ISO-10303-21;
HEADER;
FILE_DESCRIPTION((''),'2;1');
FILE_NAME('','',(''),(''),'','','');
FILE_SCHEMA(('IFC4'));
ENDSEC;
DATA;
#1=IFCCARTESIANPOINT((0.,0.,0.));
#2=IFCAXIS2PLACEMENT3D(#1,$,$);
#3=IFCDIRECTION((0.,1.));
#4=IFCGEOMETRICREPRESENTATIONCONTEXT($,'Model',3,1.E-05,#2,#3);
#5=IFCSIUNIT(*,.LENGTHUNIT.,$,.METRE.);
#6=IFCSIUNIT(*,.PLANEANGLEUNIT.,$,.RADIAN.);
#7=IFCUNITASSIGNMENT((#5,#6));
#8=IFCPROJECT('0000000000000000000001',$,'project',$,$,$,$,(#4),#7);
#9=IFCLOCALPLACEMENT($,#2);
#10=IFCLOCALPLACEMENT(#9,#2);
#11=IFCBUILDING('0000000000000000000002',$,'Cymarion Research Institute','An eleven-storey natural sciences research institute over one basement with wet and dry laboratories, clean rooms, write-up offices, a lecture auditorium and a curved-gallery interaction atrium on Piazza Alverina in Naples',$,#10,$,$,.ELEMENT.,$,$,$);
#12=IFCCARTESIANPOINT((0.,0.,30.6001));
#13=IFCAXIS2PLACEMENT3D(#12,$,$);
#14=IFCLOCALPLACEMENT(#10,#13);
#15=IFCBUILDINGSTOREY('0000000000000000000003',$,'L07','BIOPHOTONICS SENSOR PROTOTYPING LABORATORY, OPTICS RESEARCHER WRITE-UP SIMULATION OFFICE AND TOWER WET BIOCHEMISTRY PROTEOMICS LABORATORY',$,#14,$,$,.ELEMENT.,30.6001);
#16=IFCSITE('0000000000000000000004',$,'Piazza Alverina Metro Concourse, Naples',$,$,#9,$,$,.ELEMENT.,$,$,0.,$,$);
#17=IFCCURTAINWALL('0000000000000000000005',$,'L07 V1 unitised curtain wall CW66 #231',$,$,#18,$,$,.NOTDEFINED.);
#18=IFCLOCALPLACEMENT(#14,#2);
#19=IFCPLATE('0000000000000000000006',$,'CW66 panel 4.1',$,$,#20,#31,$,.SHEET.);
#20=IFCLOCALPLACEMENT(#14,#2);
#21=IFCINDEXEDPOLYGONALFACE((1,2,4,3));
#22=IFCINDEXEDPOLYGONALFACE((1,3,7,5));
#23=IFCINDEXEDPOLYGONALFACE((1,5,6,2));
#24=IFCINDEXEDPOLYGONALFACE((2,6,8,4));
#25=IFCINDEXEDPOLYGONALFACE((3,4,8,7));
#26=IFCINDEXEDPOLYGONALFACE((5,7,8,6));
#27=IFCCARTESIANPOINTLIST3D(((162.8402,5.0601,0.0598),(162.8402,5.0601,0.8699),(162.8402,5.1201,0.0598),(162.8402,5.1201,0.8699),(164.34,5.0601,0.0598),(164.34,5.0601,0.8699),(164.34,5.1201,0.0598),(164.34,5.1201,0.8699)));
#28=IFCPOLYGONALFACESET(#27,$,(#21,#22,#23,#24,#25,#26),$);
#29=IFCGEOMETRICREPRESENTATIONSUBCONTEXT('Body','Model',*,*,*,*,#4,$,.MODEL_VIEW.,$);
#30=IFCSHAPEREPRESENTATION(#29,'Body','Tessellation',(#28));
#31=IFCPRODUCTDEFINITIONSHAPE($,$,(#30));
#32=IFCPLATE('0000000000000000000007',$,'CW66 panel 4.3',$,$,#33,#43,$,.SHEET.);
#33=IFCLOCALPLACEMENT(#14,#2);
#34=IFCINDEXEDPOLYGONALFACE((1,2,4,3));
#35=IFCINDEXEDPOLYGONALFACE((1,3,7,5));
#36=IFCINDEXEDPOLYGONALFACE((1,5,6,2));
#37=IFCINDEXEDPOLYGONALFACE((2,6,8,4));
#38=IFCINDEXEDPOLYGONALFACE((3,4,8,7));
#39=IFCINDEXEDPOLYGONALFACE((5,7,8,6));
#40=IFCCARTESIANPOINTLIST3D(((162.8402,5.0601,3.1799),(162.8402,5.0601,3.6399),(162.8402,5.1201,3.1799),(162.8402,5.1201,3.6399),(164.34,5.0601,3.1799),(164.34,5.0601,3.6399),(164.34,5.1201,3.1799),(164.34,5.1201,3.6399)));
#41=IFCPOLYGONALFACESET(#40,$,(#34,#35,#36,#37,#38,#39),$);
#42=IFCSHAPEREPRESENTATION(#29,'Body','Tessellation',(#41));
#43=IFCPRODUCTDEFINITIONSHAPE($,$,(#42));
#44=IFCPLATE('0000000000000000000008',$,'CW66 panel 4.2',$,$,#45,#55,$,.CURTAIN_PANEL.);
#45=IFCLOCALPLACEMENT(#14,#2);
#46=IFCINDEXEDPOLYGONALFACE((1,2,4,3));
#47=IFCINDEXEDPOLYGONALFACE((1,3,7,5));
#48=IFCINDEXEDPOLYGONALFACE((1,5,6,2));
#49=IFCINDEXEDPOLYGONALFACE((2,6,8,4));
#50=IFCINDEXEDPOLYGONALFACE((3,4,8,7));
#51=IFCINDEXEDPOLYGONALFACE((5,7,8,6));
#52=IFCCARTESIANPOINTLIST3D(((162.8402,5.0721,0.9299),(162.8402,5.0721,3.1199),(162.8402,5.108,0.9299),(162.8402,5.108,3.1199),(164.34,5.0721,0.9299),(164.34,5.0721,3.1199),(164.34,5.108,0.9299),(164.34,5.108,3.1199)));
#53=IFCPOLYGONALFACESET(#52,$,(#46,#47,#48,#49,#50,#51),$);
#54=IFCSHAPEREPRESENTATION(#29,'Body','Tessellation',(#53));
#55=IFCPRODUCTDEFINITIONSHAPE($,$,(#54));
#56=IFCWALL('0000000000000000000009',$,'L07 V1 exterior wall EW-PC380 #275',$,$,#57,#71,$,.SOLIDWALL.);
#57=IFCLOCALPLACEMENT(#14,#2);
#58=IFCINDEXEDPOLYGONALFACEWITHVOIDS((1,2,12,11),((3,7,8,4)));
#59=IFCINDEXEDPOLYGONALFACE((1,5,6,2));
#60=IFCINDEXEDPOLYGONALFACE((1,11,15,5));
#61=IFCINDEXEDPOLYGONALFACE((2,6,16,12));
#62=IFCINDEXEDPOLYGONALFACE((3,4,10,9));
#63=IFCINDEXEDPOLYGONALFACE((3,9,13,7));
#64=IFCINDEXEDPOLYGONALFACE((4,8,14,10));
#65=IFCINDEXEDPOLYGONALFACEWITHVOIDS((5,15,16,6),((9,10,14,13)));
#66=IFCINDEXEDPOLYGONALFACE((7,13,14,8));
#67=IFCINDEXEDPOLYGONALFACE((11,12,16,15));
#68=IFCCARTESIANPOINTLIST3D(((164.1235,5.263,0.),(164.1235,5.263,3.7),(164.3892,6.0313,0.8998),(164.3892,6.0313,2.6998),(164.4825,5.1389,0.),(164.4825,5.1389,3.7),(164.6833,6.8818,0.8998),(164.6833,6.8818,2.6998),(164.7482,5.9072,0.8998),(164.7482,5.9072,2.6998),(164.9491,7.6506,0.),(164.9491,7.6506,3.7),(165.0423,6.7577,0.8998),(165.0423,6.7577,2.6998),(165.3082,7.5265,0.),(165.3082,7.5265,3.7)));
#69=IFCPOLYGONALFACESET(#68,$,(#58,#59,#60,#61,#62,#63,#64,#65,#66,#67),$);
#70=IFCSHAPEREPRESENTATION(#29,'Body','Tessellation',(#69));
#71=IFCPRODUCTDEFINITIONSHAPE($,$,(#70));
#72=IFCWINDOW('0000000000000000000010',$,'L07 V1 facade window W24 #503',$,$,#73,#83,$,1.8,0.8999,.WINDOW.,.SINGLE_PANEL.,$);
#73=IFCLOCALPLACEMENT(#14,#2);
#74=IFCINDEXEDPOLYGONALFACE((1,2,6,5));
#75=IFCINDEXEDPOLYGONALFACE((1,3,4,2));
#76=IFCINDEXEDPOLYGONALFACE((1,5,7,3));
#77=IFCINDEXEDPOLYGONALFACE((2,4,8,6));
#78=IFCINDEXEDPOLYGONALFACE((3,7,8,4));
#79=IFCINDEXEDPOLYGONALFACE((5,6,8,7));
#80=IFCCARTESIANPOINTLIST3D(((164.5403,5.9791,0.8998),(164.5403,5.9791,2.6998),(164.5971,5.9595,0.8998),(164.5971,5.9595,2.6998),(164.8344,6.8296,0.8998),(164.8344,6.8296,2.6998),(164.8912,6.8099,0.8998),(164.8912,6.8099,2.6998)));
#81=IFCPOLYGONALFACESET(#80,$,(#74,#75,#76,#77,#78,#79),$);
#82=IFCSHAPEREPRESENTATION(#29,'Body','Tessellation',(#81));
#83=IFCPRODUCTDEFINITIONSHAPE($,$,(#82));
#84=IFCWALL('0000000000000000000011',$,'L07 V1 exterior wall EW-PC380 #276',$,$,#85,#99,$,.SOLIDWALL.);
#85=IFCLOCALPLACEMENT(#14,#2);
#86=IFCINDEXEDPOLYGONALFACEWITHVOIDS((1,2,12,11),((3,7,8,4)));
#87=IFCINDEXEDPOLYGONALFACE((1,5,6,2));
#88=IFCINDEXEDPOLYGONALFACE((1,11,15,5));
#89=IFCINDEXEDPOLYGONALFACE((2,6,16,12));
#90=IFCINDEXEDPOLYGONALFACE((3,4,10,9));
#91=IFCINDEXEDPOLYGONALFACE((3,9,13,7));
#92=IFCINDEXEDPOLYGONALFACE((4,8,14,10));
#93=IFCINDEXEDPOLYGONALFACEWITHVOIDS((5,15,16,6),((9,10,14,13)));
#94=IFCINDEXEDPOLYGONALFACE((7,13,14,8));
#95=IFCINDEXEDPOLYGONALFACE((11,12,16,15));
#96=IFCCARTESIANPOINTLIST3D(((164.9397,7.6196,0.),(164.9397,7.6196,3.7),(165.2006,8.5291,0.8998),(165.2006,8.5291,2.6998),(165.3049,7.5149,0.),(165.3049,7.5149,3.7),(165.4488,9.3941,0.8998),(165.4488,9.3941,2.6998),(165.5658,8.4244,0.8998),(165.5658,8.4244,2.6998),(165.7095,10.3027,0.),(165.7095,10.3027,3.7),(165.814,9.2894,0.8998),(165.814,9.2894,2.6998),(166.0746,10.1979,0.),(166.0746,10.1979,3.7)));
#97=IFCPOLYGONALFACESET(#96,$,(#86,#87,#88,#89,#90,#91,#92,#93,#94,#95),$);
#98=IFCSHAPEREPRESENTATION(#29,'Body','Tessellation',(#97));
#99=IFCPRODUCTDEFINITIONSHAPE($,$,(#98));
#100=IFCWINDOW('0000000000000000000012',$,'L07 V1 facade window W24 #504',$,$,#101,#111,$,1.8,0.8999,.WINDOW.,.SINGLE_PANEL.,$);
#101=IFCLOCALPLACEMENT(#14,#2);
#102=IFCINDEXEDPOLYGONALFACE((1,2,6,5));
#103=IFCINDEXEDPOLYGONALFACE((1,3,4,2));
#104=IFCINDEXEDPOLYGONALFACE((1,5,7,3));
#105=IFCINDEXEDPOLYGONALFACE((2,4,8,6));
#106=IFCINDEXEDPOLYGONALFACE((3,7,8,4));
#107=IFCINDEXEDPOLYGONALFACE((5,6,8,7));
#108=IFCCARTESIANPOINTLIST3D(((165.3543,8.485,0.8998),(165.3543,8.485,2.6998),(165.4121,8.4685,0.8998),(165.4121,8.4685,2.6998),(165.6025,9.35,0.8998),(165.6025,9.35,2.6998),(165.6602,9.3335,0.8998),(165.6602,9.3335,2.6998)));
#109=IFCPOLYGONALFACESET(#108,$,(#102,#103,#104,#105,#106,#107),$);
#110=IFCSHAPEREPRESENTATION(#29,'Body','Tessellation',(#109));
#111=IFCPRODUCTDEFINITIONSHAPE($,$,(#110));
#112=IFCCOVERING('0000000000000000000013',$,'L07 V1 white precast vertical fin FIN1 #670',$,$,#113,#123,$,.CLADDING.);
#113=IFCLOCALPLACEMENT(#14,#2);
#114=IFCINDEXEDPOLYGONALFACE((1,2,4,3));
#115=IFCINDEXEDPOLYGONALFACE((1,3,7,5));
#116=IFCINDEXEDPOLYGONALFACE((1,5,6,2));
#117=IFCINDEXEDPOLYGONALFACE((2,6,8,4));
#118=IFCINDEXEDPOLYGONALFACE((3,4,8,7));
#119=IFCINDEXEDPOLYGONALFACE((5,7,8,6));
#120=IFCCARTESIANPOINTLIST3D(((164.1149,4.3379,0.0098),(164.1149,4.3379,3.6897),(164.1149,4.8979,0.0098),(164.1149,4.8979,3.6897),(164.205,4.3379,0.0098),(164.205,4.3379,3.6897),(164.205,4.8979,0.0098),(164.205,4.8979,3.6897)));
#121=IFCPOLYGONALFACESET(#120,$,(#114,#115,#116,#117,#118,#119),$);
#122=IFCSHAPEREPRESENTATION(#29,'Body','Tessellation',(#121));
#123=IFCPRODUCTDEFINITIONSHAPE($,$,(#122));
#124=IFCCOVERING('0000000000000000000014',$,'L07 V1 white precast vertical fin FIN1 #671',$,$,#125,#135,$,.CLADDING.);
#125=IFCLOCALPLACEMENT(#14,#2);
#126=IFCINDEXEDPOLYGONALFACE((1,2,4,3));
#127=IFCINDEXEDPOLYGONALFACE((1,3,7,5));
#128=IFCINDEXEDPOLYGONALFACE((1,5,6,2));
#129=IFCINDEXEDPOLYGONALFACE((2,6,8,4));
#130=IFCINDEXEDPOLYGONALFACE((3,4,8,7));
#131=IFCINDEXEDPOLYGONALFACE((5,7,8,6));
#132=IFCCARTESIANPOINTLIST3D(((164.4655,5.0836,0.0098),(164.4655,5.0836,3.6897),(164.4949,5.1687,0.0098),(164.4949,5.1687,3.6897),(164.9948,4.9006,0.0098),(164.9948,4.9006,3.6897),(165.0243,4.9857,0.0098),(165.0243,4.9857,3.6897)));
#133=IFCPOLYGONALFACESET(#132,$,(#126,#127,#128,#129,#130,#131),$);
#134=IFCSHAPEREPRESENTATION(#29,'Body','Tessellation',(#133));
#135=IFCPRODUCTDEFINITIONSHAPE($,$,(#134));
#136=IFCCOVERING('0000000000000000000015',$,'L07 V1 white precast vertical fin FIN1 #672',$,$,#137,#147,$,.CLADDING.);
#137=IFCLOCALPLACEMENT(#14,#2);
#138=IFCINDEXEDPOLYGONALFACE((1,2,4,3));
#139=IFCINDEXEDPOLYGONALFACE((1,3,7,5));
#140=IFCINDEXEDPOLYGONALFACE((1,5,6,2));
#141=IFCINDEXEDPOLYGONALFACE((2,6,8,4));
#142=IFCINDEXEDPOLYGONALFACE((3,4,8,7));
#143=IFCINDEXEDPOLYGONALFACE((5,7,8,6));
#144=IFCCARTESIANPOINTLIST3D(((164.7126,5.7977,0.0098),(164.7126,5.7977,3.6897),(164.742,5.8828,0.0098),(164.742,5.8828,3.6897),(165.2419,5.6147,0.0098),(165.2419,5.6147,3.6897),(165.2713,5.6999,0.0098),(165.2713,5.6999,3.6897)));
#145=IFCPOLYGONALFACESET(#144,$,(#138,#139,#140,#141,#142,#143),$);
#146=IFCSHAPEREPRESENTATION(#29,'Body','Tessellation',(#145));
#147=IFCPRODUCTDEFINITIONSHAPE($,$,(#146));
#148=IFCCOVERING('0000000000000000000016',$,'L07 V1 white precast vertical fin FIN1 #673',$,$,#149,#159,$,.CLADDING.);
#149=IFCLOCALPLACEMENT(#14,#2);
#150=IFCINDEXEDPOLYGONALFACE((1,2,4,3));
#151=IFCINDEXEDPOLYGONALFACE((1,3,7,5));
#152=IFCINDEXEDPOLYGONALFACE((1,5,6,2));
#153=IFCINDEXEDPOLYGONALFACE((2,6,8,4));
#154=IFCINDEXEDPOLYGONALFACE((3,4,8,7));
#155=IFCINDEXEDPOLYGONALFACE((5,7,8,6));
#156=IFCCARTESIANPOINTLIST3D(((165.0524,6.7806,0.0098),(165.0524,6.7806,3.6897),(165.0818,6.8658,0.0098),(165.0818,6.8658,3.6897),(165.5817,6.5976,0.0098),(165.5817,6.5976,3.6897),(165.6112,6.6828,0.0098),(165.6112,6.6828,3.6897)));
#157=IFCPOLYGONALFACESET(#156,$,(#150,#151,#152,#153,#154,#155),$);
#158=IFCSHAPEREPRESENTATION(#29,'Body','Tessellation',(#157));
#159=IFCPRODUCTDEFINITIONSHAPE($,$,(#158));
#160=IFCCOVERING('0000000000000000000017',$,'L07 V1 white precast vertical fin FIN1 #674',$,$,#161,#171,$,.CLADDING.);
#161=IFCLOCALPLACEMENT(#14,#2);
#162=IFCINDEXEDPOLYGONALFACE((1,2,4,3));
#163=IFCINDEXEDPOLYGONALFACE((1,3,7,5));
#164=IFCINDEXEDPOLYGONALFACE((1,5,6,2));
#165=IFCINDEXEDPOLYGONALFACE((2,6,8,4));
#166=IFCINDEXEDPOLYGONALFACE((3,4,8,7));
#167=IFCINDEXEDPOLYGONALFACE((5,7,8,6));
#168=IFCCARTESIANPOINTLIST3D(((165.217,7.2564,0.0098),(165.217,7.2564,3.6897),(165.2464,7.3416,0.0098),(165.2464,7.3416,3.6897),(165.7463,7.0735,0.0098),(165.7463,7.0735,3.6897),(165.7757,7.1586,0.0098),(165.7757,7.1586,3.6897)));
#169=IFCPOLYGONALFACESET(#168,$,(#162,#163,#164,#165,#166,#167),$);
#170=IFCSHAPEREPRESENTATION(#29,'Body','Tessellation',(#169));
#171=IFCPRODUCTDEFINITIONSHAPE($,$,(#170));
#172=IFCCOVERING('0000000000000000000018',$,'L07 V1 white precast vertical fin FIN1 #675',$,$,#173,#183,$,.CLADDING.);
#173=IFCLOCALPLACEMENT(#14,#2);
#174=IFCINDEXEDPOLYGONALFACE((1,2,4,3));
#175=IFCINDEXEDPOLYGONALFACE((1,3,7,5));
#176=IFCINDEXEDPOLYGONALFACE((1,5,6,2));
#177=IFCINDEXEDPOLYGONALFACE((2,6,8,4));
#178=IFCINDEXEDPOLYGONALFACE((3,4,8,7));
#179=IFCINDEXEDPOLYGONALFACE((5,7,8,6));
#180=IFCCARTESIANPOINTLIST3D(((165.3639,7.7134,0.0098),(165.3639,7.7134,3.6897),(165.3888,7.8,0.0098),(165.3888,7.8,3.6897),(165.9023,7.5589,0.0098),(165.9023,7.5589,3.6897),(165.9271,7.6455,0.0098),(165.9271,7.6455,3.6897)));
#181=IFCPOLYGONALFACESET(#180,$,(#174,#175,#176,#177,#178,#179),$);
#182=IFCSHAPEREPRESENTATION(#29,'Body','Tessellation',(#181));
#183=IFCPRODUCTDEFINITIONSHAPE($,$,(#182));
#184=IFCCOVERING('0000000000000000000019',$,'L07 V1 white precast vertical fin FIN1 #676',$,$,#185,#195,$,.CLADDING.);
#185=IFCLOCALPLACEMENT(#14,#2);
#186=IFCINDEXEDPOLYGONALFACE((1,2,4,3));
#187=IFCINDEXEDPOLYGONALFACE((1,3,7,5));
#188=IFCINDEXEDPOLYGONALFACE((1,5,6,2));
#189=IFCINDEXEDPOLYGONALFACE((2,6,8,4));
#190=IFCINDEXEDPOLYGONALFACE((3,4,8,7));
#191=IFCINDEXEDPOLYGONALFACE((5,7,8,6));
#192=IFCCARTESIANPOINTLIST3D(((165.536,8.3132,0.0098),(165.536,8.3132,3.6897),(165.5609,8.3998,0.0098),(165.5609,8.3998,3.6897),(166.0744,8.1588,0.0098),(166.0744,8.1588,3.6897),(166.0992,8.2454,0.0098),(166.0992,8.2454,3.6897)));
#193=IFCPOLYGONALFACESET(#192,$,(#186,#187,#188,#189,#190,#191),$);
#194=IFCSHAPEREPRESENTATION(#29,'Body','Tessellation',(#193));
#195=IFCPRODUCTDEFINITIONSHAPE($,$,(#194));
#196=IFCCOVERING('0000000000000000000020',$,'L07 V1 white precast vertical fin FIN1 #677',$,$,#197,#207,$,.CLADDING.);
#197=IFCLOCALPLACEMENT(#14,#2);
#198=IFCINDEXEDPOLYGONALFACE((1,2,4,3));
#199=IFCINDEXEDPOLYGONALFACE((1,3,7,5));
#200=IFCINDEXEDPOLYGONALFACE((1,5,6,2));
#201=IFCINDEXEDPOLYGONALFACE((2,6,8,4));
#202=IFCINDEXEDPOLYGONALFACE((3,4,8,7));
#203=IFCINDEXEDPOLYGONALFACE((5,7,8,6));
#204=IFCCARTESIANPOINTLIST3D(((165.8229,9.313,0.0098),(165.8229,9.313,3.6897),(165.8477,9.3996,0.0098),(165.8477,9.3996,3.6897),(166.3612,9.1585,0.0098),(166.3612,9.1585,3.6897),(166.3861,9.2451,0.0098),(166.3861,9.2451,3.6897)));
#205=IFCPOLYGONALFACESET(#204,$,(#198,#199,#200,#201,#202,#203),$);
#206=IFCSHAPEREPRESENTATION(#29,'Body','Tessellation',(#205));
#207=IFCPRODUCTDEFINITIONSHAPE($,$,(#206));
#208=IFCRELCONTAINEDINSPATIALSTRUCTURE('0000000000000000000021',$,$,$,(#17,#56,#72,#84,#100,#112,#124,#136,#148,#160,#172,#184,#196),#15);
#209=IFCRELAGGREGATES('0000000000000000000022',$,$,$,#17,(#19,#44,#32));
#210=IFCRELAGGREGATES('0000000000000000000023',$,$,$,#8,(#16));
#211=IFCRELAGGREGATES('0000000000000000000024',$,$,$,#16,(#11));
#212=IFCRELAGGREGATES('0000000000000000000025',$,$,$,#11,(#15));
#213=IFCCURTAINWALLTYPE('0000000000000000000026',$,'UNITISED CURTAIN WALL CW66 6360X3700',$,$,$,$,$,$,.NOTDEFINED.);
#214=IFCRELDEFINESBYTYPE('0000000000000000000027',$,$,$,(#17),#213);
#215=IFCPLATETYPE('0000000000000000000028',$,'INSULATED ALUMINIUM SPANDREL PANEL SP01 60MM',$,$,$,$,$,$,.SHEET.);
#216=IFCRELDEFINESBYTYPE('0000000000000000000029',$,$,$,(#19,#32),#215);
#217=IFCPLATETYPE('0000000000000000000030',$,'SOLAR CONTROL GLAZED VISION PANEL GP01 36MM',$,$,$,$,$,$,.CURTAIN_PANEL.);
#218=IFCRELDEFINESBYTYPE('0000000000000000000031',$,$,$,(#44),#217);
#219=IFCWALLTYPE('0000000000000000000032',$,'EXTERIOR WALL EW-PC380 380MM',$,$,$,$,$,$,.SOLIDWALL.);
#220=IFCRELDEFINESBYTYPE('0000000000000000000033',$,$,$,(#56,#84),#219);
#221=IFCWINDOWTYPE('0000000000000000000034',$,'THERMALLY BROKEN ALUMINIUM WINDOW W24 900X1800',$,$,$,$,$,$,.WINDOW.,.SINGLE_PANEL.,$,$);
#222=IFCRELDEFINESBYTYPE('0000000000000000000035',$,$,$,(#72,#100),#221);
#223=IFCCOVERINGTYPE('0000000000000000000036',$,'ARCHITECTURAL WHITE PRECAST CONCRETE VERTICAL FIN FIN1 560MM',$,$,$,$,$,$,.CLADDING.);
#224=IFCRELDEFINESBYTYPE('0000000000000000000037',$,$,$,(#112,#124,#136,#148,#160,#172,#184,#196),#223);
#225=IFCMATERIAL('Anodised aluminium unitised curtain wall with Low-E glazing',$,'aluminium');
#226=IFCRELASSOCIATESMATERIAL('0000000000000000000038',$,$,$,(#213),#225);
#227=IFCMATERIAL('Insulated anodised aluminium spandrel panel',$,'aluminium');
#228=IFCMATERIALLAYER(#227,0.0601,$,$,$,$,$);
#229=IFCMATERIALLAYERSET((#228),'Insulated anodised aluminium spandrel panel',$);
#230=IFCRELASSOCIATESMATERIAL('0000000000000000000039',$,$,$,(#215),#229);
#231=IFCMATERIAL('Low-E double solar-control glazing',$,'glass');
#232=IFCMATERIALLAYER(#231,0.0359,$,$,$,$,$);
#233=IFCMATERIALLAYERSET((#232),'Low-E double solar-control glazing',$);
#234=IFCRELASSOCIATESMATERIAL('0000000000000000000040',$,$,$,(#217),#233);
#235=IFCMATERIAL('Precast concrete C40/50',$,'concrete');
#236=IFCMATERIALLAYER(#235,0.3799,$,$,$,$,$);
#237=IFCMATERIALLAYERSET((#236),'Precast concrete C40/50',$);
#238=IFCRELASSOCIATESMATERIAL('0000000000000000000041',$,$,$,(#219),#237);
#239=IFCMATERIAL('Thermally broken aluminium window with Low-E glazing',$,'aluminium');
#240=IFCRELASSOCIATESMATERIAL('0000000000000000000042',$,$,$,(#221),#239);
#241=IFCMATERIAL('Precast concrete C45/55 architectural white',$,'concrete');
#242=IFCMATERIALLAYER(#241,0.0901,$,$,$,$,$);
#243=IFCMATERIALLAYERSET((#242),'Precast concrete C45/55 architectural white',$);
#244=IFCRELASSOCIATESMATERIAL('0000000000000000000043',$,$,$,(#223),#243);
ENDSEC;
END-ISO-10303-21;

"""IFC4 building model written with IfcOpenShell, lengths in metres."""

from ifc_helpers import new_model, si_unit, direction, frame, frame_2d, origin, origin_2d, place, context, subcontext, project, spatial, rectangle, extrude, material, layer, layer_set, type_object, element, fill, aggregate, save


model = new_model("IFC4")

# Units and contexts
model_context = context("Model", 3, precision=1e-05, world=origin(), true_north=direction((0.0, 1.0)))
body_context = subcontext(model_context, "Body", "Model", "MODEL_VIEW")
ifc_project = project(units=[si_unit("LENGTHUNIT", "METRE"), si_unit("PLANEANGLEUNIT", "RADIAN")], contexts=[model_context])

# Site, building, storey
site_placement = place(None, origin())
site = spatial("IfcSite", under=ifc_project, at=site_placement, Name="Piazza Alverina Metro Concourse, Naples", CompositionType="ELEMENT", RefElevation=0.0)
building_placement = place(site_placement, origin())
building = spatial("IfcBuilding", under=site, at=building_placement, Name="Cymarion Research Institute", Description="An eleven-storey natural sciences research institute over one basement with wet and dry laboratories, clean rooms, write-up offices, a lecture auditorium and a curved-gallery interaction atrium on Piazza Alverina in Naples", CompositionType="ELEMENT")
storey_placement = place(building_placement, frame((0.0, 0.0, 30.6001)))
storey = spatial("IfcBuildingStorey", under=building, at=storey_placement, Name="L07", Description="BIOPHOTONICS SENSOR PROTOTYPING LABORATORY, OPTICS RESEARCHER WRITE-UP SIMULATION OFFICE AND TOWER WET BIOCHEMISTRY PROTEOMICS LABORATORY", CompositionType="ELEMENT", Elevation=30.6001)

# Curtain wall
ifc_material_1 = material(Name="Anodised aluminium unitised curtain wall with Low-E glazing", Category="aluminium")
curtain_wall_type = type_object("IfcCurtainWallType", Name="UNITISED CURTAIN WALL CW66 6360X3700", PredefinedType="NOTDEFINED", material=ifc_material_1)
curtain_wall_placement = place(storey_placement, origin())
curtain_wall = element("IfcCurtainWall", 1, at=curtain_wall_placement, inside=storey, type_object=curtain_wall_type, Name="L07 V1 unitised curtain wall CW66 #231", PredefinedType="NOTDEFINED")

# Plates
ifc_material_2 = material(Name="Insulated anodised aluminium spandrel panel", Category="aluminium")
ifc_layer_1 = layer(ifc_material_2, 0.0601)
ifc_layer_set_1 = layer_set([ifc_layer_1], Name="Insulated anodised aluminium spandrel panel")
plate_type_1 = type_object("IfcPlateType", Name="INSULATED ALUMINIUM SPANDREL PANEL SP01 60MM", PredefinedType="SHEET", material=ifc_layer_set_1)
plate_1_placement = place(storey_placement, frame((163.5901, 5.0901, 0.0598), z_axis=(0.0, 0.0, 1.0), x_axis=(1.0, 0.0, 0.0)))
plate_1 = element("IfcPlate", 2, at=plate_1_placement, type_object=plate_type_1, Name="CW66 panel 4.1", PredefinedType="SHEET", context=body_context, shape_type="SweptSolid", body=[
    extrude(rectangle(XDim=1.4998, YDim=0.0601, at=origin_2d()), origin(), (0.0, 0.0, 1.0), 0.8101),
])
plate_2_placement = place(storey_placement, frame((163.5901, 5.0901, 3.1799), z_axis=(0.0, 0.0, 1.0), x_axis=(1.0, 0.0, 0.0)))
plate_2 = element("IfcPlate", 3, at=plate_2_placement, type_object=plate_type_1, Name="CW66 panel 4.3", PredefinedType="SHEET", context=body_context, shape_type="SweptSolid", body=[
    extrude(rectangle(XDim=1.4998, YDim=0.0601, at=origin_2d()), origin(), (0.0, 0.0, 1.0), 0.46),
])
ifc_material_3 = material(Name="Low-E double solar-control glazing", Category="glass")
ifc_layer_2 = layer(ifc_material_3, 0.0359)
ifc_layer_set_2 = layer_set([ifc_layer_2], Name="Low-E double solar-control glazing")
plate_type_2 = type_object("IfcPlateType", Name="SOLAR CONTROL GLAZED VISION PANEL GP01 36MM", PredefinedType="CURTAIN_PANEL", material=ifc_layer_set_2)
plate_3_placement = place(storey_placement, frame((163.5901, 5.0901, 0.9299), z_axis=(0.0, 0.0, 1.0), x_axis=(1.0, 0.0, 0.0)))
plate_3 = element("IfcPlate", 4, at=plate_3_placement, type_object=plate_type_2, Name="CW66 panel 4.2", PredefinedType="CURTAIN_PANEL", context=body_context, shape_type="SweptSolid", body=[
    extrude(rectangle(XDim=1.4998, YDim=0.0359, at=origin_2d()), origin(), (0.0, 0.0, 1.0), 2.1899),
])
aggregate(curtain_wall, [plate_1, plate_3, plate_2])

# Walls, openings, windows
ifc_material_4 = material(Name="Precast concrete C40/50", Category="concrete")
ifc_layer_3 = layer(ifc_material_4, 0.3799)
ifc_layer_set_3 = layer_set([ifc_layer_3], Name="Precast concrete C40/50")
wall_type = type_object("IfcWallType", Name="EXTERIOR WALL EW-PC380 380MM", PredefinedType="SOLIDWALL", material=ifc_layer_set_3)
wall_1_placement = place(storey_placement, frame((164.303, 5.2009, 0.0), z_axis=(0.0, 0.0, 1.0), x_axis=(0.326818, 0.945087, 0.0)))
wall_1 = element("IfcWall", 5, at=wall_1_placement, inside=storey, type_object=wall_type, Name="L07 V1 exterior wall EW-PC380 #275", PredefinedType="SOLIDWALL", context=body_context, shape_type="SweptSolid", body=[
    extrude(rectangle(XDim=2.5264, YDim=0.3799, at=frame_2d((1.2632, 0.0))), origin(), (0.0, 0.0, 1.0), 3.7),
])
opening_1_placement = place(wall_1_placement, frame((0.813, 0.0, 0.8999)))
opening_1 = element("IfcOpeningElement", 6, at=opening_1_placement, cuts=wall_1, PredefinedType="OPENING", context=body_context, shape_type="SweptSolid", body=[
    extrude(rectangle(XDim=0.8999, YDim=1.8, at=frame_2d((0.45, 0.8999))), frame((0.0, 0.2, 0.0), z_axis=(0.0, -1.0, 0.0), x_axis=(1.0, 0.0, 0.0)), (0.0, 0.0, 1.0), 0.3999),
])
ifc_material_5 = material(Name="Thermally broken aluminium window with Low-E glazing", Category="aluminium")
window_type = type_object("IfcWindowType", Name="THERMALLY BROKEN ALUMINIUM WINDOW W24 900X1800", PartitioningType="SINGLE_PANEL", PredefinedType="WINDOW", material=ifc_material_5)
window_1_placement = place(opening_1_placement, origin())
window_1 = element("IfcWindow", 7, at=window_1_placement, inside=storey, type_object=window_type, Name="L07 V1 facade window W24 #503", OverallHeight=1.8, OverallWidth=0.8999, PartitioningType="SINGLE_PANEL", PredefinedType="WINDOW", context=body_context, shape_type="SweptSolid", body=[
    extrude(rectangle(XDim=0.8999, YDim=1.8, at=frame_2d((0.45, 0.8999))), frame((0.0, 0.03, 0.0), z_axis=(0.0, -1.0, 0.0), x_axis=(1.0, 0.0, 0.0)), (0.0, 0.0, 1.0), 0.0601),
])
fill(opening_1, window_1)
wall_2_placement = place(storey_placement, frame((165.1223, 7.5674, 0.0), z_axis=(0.0, 0.0, 1.0), x_axis=(0.275772, 0.961223, 0.0)))
wall_2 = element("IfcWall", 8, at=wall_2_placement, inside=storey, type_object=wall_type, Name="L07 V1 exterior wall EW-PC380 #276", PredefinedType="SOLIDWALL", context=body_context, shape_type="SweptSolid", body=[
    extrude(rectangle(XDim=2.7913, YDim=0.3799, at=frame_2d((1.3955, 0.0))), origin(), (0.0, 0.0, 1.0), 3.7),
])
opening_2_placement = place(wall_2_placement, frame((0.946, 0.0, 0.8999)))
opening_2 = element("IfcOpeningElement", 9, at=opening_2_placement, cuts=wall_2, PredefinedType="OPENING", context=body_context, shape_type="SweptSolid", body=[
    extrude(rectangle(XDim=0.8999, YDim=1.8, at=frame_2d((0.45, 0.8999))), frame((0.0, 0.2, 0.0), z_axis=(0.0, -1.0, 0.0), x_axis=(1.0, 0.0, 0.0)), (0.0, 0.0, 1.0), 0.3999),
])
window_2_placement = place(opening_2_placement, origin())
window_2 = element("IfcWindow", 10, at=window_2_placement, inside=storey, type_object=window_type, Name="L07 V1 facade window W24 #504", OverallHeight=1.8, OverallWidth=0.8999, PartitioningType="SINGLE_PANEL", PredefinedType="WINDOW", context=body_context, shape_type="SweptSolid", body=[
    extrude(rectangle(XDim=0.8999, YDim=1.8, at=frame_2d((0.45, 0.8999))), frame((0.0, 0.03, 0.0), z_axis=(0.0, -1.0, 0.0), x_axis=(1.0, 0.0, 0.0)), (0.0, 0.0, 1.0), 0.0601),
])
fill(opening_2, window_2)

# Coverings
ifc_material_6 = material(Name="Precast concrete C45/55 architectural white", Category="concrete")
ifc_layer_4 = layer(ifc_material_6, 0.0901)
ifc_layer_set_4 = layer_set([ifc_layer_4], Name="Precast concrete C45/55 architectural white")
covering_type = type_object("IfcCoveringType", Name="ARCHITECTURAL WHITE PRECAST CONCRETE VERTICAL FIN FIN1 560MM", PredefinedType="CLADDING", material=ifc_layer_set_4)
for number, where, z_axis, x_axis, name in (
    (11, (164.1599, 4.6179, 0.0098), (0.0, 0.0, 1.0), (0.0, -1.0, 0.0), "L07 V1 white precast vertical fin FIN1 #670"),
    (12, (164.7449, 5.0347, 0.0098), (0.0, 0.0, 1.0), (0.94512, -0.326723, 0.0), "L07 V1 white precast vertical fin FIN1 #671"),
    (13, (164.9919, 5.7488, 0.0098), (0.0, 0.0, 1.0), (0.94512, -0.326723, 0.0), "L07 V1 white precast vertical fin FIN1 #672"),
    (14, (165.3318, 6.7317, 0.0098), (0.0, 0.0, 1.0), (0.94512, -0.326723, 0.0), "L07 V1 white precast vertical fin FIN1 #673"),
    (15, (165.4963, 7.2075, 0.0098), (0.0, 0.0, 1.0), (0.94512, -0.326723, 0.0), "L07 V1 white precast vertical fin FIN1 #674"),
    (16, (165.6455, 7.6794, 0.0098), (0.0, 0.0, 1.0), (0.961214, -0.275805, 0.0), "L07 V1 white precast vertical fin FIN1 #675"),
    (17, (165.8176, 8.2793, 0.0098), (0.0, 0.0, 1.0), (0.961214, -0.275805, 0.0), "L07 V1 white precast vertical fin FIN1 #676"),
    (18, (166.1045, 9.2791, 0.0098), (0.0, 0.0, 1.0), (0.961214, -0.275805, 0.0), "L07 V1 white precast vertical fin FIN1 #677"),
):
    element("IfcCovering", number, at=place(storey_placement, frame(where, z_axis=z_axis, x_axis=x_axis)), inside=storey, type_object=covering_type, Name=name, PredefinedType="CLADDING", context=body_context, shape_type="SweptSolid", body=[
        extrude(rectangle(XDim=0.5601, YDim=0.0901, at=origin_2d()), origin(), (0.0, 0.0, 1.0), 3.6799),
    ])

save(model, "model.ifc")
